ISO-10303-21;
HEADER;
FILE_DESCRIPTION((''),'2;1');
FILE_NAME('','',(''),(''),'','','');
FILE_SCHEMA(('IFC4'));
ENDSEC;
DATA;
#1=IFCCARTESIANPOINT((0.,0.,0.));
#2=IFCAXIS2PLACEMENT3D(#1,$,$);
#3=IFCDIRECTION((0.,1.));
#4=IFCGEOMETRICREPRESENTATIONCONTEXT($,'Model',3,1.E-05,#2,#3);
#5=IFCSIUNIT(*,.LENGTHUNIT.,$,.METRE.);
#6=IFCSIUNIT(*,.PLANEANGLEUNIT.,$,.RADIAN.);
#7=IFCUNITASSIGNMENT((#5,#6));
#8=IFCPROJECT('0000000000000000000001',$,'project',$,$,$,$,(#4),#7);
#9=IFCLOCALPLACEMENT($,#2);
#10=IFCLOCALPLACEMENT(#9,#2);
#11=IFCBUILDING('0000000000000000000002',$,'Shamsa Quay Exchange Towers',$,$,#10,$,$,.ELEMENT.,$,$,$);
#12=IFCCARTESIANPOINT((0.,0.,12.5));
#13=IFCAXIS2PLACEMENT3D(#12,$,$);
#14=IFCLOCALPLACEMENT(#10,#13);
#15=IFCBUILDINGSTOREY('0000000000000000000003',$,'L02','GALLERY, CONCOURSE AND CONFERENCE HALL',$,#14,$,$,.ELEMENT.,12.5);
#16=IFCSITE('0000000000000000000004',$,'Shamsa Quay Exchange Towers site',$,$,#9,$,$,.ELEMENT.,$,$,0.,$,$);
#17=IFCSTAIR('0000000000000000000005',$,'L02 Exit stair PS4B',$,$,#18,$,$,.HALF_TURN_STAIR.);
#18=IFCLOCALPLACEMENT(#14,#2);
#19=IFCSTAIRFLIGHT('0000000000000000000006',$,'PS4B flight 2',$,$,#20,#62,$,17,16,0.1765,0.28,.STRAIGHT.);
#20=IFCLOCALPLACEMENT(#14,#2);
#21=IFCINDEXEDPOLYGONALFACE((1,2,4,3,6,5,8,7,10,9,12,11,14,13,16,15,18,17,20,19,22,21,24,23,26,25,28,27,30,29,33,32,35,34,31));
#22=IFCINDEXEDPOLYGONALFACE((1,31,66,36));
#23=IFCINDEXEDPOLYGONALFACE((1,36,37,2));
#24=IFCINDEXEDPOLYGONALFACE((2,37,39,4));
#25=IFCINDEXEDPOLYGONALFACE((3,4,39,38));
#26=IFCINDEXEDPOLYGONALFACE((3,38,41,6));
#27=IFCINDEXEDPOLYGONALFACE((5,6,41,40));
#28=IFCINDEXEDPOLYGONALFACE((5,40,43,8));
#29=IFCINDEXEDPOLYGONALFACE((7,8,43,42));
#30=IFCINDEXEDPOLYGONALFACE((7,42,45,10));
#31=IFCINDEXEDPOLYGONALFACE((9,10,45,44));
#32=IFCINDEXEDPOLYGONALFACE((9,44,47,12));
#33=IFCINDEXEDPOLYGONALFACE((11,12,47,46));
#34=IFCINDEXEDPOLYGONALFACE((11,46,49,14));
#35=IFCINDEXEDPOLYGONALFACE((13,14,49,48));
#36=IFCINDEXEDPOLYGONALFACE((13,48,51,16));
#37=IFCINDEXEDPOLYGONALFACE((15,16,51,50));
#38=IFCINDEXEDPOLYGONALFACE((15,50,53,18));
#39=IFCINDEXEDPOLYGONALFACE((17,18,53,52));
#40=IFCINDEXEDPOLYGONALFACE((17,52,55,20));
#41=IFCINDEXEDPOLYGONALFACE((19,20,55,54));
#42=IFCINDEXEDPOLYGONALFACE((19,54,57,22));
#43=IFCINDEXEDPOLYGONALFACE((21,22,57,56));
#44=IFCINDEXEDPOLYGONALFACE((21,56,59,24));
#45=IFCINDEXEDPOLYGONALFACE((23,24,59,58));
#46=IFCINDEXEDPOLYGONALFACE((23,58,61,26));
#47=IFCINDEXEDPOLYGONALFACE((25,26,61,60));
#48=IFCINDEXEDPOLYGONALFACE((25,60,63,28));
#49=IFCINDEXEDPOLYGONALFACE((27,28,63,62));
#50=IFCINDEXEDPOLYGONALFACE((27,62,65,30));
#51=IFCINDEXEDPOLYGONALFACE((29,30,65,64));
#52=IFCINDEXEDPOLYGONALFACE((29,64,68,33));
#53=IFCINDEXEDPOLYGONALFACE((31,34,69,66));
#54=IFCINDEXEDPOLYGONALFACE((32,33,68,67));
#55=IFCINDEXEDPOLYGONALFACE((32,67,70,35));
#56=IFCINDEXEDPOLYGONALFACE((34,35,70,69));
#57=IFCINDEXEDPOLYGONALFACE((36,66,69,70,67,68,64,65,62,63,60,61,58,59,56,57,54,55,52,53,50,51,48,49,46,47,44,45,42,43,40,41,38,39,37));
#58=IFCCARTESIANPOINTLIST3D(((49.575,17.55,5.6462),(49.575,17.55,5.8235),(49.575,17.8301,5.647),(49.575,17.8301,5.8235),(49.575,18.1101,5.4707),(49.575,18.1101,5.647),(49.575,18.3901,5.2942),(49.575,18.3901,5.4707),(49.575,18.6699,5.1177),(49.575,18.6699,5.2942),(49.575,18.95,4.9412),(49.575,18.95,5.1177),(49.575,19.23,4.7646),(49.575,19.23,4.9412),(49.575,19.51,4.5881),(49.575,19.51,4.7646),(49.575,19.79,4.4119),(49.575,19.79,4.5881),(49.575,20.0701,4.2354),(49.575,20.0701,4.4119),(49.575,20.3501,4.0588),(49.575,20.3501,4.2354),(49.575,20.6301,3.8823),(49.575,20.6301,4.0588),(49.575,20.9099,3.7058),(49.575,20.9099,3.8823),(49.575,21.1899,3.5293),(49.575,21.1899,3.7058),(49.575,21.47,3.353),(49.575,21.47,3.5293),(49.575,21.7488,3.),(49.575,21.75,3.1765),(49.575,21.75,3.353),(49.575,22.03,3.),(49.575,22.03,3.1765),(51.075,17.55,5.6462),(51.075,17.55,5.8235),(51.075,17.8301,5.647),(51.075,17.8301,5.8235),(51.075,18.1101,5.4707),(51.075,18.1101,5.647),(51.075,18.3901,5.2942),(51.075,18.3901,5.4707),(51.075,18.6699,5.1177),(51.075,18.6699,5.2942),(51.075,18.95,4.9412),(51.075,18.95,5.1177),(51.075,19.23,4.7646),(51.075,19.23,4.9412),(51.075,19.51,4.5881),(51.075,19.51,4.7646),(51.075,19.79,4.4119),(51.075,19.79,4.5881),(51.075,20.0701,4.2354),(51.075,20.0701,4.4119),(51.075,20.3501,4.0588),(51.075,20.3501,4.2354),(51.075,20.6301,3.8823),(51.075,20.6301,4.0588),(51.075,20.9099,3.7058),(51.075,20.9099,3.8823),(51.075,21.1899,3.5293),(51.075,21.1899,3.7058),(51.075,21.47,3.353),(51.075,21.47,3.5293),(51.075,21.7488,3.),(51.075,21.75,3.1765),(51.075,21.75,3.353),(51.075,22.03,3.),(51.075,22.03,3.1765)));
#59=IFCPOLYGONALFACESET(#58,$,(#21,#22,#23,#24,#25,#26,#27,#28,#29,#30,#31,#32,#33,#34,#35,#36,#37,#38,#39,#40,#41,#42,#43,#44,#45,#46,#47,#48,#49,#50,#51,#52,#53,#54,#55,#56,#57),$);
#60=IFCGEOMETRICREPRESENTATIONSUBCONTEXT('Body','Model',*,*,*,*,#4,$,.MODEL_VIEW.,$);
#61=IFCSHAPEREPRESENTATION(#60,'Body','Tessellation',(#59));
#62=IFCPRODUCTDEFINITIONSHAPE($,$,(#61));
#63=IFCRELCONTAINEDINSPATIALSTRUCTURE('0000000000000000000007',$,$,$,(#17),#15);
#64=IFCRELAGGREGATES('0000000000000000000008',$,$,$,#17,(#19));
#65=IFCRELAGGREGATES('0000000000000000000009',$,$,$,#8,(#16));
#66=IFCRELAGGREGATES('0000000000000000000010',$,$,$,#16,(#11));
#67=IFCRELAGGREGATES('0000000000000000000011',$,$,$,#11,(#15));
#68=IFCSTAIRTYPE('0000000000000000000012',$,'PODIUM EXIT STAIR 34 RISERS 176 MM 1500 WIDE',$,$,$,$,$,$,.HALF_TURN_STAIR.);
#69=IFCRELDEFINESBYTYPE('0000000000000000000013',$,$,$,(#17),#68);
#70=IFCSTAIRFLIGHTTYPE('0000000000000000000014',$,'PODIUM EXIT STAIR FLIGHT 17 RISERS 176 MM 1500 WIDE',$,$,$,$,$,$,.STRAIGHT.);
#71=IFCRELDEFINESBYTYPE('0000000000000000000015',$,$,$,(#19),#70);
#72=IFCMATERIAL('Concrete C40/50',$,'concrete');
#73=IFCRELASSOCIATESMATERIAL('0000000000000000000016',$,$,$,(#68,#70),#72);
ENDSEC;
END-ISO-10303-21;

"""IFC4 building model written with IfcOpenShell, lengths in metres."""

from ifc_helpers import new_model, si_unit, direction, frame, origin, place, context, subcontext, project, spatial, polyline, outline, extrude, material, type_object, element, aggregate, save


model = new_model("IFC4")

# Units and contexts
model_context = context("Model", 3, precision=1e-05, world=origin(), true_north=direction((0.0, 1.0)))
body_context = subcontext(model_context, "Body", "Model", "MODEL_VIEW")
ifc_project = project(units=[si_unit("LENGTHUNIT", "METRE"), si_unit("PLANEANGLEUNIT", "RADIAN")], contexts=[model_context])

# Site, building, storey
site_placement = place(None, origin())
site = spatial("IfcSite", under=ifc_project, at=site_placement, Name="Shamsa Quay Exchange Towers site", CompositionType="ELEMENT", RefElevation=0.0)
building_placement = place(site_placement, origin())
building = spatial("IfcBuilding", under=site, at=building_placement, Name="Shamsa Quay Exchange Towers", CompositionType="ELEMENT")
storey_placement = place(building_placement, frame((0.0, 0.0, 12.5)))
storey = spatial("IfcBuildingStorey", under=building, at=storey_placement, Name="L02", Description="GALLERY, CONCOURSE AND CONFERENCE HALL", CompositionType="ELEMENT", Elevation=12.5)

# Stair, stair flight
ifc_material_1 = material(Name="Concrete C40/50", Category="concrete")
stair_type = type_object("IfcStairType", Name="PODIUM EXIT STAIR 34 RISERS 176 MM 1500 WIDE", PredefinedType="HALF_TURN_STAIR", material=ifc_material_1)
stair_flight_type = type_object("IfcStairFlightType", Name="PODIUM EXIT STAIR FLIGHT 17 RISERS 176 MM 1500 WIDE", PredefinedType="STRAIGHT", material=ifc_material_1)
stair_1_placement = place(storey_placement, origin())
stair_1 = element("IfcStair", 1, at=stair_1_placement, inside=storey, type_object=stair_type, Name="L02 Exit stair PS4B", PredefinedType="HALF_TURN_STAIR")
stair_flight_1_placement = place(storey_placement, frame((50.325, 22.03, 3.0), z_axis=(0.0, 0.0, 1.0), x_axis=(0.0, -1.0, 0.0)))
stair_flight_1 = element("IfcStairFlight", 2, at=stair_flight_1_placement, type_object=stair_flight_type, Name="PS4B flight 2", NumberOfRisers=17, NumberOfTreads=16, PredefinedType="STRAIGHT", RiserHeight=0.1765, TreadLength=0.28, context=body_context, shape_type="SweptSolid", body=[
    extrude(outline(polyline([(0.0, 0.0), (0.0, 0.1765), (0.28, 0.1765), (0.28, 0.353), (0.5601, 0.353), (0.5601, 0.5293), (0.8401, 0.5293), (0.8401, 0.7058), (1.1201, 0.7058), (1.1201, 0.8823), (1.3999, 0.8823), (1.3999, 1.0588), (1.6799, 1.0588), (1.6799, 1.2354), (1.96, 1.2354), (1.96, 1.4119), (2.24, 1.4119), (2.24, 1.5881), (2.52, 1.5881), (2.52, 1.7646), (2.8, 1.7646), (2.8, 1.9412), (3.0801, 1.9412), (3.0801, 2.1177), (3.3601, 2.1177), (3.3601, 2.2942), (3.6399, 2.2942), (3.6399, 2.4707), (3.9199, 2.4707), (3.9199, 2.647), (4.2, 2.647), (4.2, 2.8235), (4.48, 2.8235), (4.48, 3.0), (4.48, 2.6462), (0.2812, 0.0), (0.0, 0.0)])), frame((0.0, 0.75, 0.0), z_axis=(0.0, -1.0, 0.0), x_axis=(1.0, 0.0, 0.0)), (0.0, 0.0, 1.0), 1.5),
])
aggregate(stair_1, [stair_flight_1])

save(model, "model.ifc")
